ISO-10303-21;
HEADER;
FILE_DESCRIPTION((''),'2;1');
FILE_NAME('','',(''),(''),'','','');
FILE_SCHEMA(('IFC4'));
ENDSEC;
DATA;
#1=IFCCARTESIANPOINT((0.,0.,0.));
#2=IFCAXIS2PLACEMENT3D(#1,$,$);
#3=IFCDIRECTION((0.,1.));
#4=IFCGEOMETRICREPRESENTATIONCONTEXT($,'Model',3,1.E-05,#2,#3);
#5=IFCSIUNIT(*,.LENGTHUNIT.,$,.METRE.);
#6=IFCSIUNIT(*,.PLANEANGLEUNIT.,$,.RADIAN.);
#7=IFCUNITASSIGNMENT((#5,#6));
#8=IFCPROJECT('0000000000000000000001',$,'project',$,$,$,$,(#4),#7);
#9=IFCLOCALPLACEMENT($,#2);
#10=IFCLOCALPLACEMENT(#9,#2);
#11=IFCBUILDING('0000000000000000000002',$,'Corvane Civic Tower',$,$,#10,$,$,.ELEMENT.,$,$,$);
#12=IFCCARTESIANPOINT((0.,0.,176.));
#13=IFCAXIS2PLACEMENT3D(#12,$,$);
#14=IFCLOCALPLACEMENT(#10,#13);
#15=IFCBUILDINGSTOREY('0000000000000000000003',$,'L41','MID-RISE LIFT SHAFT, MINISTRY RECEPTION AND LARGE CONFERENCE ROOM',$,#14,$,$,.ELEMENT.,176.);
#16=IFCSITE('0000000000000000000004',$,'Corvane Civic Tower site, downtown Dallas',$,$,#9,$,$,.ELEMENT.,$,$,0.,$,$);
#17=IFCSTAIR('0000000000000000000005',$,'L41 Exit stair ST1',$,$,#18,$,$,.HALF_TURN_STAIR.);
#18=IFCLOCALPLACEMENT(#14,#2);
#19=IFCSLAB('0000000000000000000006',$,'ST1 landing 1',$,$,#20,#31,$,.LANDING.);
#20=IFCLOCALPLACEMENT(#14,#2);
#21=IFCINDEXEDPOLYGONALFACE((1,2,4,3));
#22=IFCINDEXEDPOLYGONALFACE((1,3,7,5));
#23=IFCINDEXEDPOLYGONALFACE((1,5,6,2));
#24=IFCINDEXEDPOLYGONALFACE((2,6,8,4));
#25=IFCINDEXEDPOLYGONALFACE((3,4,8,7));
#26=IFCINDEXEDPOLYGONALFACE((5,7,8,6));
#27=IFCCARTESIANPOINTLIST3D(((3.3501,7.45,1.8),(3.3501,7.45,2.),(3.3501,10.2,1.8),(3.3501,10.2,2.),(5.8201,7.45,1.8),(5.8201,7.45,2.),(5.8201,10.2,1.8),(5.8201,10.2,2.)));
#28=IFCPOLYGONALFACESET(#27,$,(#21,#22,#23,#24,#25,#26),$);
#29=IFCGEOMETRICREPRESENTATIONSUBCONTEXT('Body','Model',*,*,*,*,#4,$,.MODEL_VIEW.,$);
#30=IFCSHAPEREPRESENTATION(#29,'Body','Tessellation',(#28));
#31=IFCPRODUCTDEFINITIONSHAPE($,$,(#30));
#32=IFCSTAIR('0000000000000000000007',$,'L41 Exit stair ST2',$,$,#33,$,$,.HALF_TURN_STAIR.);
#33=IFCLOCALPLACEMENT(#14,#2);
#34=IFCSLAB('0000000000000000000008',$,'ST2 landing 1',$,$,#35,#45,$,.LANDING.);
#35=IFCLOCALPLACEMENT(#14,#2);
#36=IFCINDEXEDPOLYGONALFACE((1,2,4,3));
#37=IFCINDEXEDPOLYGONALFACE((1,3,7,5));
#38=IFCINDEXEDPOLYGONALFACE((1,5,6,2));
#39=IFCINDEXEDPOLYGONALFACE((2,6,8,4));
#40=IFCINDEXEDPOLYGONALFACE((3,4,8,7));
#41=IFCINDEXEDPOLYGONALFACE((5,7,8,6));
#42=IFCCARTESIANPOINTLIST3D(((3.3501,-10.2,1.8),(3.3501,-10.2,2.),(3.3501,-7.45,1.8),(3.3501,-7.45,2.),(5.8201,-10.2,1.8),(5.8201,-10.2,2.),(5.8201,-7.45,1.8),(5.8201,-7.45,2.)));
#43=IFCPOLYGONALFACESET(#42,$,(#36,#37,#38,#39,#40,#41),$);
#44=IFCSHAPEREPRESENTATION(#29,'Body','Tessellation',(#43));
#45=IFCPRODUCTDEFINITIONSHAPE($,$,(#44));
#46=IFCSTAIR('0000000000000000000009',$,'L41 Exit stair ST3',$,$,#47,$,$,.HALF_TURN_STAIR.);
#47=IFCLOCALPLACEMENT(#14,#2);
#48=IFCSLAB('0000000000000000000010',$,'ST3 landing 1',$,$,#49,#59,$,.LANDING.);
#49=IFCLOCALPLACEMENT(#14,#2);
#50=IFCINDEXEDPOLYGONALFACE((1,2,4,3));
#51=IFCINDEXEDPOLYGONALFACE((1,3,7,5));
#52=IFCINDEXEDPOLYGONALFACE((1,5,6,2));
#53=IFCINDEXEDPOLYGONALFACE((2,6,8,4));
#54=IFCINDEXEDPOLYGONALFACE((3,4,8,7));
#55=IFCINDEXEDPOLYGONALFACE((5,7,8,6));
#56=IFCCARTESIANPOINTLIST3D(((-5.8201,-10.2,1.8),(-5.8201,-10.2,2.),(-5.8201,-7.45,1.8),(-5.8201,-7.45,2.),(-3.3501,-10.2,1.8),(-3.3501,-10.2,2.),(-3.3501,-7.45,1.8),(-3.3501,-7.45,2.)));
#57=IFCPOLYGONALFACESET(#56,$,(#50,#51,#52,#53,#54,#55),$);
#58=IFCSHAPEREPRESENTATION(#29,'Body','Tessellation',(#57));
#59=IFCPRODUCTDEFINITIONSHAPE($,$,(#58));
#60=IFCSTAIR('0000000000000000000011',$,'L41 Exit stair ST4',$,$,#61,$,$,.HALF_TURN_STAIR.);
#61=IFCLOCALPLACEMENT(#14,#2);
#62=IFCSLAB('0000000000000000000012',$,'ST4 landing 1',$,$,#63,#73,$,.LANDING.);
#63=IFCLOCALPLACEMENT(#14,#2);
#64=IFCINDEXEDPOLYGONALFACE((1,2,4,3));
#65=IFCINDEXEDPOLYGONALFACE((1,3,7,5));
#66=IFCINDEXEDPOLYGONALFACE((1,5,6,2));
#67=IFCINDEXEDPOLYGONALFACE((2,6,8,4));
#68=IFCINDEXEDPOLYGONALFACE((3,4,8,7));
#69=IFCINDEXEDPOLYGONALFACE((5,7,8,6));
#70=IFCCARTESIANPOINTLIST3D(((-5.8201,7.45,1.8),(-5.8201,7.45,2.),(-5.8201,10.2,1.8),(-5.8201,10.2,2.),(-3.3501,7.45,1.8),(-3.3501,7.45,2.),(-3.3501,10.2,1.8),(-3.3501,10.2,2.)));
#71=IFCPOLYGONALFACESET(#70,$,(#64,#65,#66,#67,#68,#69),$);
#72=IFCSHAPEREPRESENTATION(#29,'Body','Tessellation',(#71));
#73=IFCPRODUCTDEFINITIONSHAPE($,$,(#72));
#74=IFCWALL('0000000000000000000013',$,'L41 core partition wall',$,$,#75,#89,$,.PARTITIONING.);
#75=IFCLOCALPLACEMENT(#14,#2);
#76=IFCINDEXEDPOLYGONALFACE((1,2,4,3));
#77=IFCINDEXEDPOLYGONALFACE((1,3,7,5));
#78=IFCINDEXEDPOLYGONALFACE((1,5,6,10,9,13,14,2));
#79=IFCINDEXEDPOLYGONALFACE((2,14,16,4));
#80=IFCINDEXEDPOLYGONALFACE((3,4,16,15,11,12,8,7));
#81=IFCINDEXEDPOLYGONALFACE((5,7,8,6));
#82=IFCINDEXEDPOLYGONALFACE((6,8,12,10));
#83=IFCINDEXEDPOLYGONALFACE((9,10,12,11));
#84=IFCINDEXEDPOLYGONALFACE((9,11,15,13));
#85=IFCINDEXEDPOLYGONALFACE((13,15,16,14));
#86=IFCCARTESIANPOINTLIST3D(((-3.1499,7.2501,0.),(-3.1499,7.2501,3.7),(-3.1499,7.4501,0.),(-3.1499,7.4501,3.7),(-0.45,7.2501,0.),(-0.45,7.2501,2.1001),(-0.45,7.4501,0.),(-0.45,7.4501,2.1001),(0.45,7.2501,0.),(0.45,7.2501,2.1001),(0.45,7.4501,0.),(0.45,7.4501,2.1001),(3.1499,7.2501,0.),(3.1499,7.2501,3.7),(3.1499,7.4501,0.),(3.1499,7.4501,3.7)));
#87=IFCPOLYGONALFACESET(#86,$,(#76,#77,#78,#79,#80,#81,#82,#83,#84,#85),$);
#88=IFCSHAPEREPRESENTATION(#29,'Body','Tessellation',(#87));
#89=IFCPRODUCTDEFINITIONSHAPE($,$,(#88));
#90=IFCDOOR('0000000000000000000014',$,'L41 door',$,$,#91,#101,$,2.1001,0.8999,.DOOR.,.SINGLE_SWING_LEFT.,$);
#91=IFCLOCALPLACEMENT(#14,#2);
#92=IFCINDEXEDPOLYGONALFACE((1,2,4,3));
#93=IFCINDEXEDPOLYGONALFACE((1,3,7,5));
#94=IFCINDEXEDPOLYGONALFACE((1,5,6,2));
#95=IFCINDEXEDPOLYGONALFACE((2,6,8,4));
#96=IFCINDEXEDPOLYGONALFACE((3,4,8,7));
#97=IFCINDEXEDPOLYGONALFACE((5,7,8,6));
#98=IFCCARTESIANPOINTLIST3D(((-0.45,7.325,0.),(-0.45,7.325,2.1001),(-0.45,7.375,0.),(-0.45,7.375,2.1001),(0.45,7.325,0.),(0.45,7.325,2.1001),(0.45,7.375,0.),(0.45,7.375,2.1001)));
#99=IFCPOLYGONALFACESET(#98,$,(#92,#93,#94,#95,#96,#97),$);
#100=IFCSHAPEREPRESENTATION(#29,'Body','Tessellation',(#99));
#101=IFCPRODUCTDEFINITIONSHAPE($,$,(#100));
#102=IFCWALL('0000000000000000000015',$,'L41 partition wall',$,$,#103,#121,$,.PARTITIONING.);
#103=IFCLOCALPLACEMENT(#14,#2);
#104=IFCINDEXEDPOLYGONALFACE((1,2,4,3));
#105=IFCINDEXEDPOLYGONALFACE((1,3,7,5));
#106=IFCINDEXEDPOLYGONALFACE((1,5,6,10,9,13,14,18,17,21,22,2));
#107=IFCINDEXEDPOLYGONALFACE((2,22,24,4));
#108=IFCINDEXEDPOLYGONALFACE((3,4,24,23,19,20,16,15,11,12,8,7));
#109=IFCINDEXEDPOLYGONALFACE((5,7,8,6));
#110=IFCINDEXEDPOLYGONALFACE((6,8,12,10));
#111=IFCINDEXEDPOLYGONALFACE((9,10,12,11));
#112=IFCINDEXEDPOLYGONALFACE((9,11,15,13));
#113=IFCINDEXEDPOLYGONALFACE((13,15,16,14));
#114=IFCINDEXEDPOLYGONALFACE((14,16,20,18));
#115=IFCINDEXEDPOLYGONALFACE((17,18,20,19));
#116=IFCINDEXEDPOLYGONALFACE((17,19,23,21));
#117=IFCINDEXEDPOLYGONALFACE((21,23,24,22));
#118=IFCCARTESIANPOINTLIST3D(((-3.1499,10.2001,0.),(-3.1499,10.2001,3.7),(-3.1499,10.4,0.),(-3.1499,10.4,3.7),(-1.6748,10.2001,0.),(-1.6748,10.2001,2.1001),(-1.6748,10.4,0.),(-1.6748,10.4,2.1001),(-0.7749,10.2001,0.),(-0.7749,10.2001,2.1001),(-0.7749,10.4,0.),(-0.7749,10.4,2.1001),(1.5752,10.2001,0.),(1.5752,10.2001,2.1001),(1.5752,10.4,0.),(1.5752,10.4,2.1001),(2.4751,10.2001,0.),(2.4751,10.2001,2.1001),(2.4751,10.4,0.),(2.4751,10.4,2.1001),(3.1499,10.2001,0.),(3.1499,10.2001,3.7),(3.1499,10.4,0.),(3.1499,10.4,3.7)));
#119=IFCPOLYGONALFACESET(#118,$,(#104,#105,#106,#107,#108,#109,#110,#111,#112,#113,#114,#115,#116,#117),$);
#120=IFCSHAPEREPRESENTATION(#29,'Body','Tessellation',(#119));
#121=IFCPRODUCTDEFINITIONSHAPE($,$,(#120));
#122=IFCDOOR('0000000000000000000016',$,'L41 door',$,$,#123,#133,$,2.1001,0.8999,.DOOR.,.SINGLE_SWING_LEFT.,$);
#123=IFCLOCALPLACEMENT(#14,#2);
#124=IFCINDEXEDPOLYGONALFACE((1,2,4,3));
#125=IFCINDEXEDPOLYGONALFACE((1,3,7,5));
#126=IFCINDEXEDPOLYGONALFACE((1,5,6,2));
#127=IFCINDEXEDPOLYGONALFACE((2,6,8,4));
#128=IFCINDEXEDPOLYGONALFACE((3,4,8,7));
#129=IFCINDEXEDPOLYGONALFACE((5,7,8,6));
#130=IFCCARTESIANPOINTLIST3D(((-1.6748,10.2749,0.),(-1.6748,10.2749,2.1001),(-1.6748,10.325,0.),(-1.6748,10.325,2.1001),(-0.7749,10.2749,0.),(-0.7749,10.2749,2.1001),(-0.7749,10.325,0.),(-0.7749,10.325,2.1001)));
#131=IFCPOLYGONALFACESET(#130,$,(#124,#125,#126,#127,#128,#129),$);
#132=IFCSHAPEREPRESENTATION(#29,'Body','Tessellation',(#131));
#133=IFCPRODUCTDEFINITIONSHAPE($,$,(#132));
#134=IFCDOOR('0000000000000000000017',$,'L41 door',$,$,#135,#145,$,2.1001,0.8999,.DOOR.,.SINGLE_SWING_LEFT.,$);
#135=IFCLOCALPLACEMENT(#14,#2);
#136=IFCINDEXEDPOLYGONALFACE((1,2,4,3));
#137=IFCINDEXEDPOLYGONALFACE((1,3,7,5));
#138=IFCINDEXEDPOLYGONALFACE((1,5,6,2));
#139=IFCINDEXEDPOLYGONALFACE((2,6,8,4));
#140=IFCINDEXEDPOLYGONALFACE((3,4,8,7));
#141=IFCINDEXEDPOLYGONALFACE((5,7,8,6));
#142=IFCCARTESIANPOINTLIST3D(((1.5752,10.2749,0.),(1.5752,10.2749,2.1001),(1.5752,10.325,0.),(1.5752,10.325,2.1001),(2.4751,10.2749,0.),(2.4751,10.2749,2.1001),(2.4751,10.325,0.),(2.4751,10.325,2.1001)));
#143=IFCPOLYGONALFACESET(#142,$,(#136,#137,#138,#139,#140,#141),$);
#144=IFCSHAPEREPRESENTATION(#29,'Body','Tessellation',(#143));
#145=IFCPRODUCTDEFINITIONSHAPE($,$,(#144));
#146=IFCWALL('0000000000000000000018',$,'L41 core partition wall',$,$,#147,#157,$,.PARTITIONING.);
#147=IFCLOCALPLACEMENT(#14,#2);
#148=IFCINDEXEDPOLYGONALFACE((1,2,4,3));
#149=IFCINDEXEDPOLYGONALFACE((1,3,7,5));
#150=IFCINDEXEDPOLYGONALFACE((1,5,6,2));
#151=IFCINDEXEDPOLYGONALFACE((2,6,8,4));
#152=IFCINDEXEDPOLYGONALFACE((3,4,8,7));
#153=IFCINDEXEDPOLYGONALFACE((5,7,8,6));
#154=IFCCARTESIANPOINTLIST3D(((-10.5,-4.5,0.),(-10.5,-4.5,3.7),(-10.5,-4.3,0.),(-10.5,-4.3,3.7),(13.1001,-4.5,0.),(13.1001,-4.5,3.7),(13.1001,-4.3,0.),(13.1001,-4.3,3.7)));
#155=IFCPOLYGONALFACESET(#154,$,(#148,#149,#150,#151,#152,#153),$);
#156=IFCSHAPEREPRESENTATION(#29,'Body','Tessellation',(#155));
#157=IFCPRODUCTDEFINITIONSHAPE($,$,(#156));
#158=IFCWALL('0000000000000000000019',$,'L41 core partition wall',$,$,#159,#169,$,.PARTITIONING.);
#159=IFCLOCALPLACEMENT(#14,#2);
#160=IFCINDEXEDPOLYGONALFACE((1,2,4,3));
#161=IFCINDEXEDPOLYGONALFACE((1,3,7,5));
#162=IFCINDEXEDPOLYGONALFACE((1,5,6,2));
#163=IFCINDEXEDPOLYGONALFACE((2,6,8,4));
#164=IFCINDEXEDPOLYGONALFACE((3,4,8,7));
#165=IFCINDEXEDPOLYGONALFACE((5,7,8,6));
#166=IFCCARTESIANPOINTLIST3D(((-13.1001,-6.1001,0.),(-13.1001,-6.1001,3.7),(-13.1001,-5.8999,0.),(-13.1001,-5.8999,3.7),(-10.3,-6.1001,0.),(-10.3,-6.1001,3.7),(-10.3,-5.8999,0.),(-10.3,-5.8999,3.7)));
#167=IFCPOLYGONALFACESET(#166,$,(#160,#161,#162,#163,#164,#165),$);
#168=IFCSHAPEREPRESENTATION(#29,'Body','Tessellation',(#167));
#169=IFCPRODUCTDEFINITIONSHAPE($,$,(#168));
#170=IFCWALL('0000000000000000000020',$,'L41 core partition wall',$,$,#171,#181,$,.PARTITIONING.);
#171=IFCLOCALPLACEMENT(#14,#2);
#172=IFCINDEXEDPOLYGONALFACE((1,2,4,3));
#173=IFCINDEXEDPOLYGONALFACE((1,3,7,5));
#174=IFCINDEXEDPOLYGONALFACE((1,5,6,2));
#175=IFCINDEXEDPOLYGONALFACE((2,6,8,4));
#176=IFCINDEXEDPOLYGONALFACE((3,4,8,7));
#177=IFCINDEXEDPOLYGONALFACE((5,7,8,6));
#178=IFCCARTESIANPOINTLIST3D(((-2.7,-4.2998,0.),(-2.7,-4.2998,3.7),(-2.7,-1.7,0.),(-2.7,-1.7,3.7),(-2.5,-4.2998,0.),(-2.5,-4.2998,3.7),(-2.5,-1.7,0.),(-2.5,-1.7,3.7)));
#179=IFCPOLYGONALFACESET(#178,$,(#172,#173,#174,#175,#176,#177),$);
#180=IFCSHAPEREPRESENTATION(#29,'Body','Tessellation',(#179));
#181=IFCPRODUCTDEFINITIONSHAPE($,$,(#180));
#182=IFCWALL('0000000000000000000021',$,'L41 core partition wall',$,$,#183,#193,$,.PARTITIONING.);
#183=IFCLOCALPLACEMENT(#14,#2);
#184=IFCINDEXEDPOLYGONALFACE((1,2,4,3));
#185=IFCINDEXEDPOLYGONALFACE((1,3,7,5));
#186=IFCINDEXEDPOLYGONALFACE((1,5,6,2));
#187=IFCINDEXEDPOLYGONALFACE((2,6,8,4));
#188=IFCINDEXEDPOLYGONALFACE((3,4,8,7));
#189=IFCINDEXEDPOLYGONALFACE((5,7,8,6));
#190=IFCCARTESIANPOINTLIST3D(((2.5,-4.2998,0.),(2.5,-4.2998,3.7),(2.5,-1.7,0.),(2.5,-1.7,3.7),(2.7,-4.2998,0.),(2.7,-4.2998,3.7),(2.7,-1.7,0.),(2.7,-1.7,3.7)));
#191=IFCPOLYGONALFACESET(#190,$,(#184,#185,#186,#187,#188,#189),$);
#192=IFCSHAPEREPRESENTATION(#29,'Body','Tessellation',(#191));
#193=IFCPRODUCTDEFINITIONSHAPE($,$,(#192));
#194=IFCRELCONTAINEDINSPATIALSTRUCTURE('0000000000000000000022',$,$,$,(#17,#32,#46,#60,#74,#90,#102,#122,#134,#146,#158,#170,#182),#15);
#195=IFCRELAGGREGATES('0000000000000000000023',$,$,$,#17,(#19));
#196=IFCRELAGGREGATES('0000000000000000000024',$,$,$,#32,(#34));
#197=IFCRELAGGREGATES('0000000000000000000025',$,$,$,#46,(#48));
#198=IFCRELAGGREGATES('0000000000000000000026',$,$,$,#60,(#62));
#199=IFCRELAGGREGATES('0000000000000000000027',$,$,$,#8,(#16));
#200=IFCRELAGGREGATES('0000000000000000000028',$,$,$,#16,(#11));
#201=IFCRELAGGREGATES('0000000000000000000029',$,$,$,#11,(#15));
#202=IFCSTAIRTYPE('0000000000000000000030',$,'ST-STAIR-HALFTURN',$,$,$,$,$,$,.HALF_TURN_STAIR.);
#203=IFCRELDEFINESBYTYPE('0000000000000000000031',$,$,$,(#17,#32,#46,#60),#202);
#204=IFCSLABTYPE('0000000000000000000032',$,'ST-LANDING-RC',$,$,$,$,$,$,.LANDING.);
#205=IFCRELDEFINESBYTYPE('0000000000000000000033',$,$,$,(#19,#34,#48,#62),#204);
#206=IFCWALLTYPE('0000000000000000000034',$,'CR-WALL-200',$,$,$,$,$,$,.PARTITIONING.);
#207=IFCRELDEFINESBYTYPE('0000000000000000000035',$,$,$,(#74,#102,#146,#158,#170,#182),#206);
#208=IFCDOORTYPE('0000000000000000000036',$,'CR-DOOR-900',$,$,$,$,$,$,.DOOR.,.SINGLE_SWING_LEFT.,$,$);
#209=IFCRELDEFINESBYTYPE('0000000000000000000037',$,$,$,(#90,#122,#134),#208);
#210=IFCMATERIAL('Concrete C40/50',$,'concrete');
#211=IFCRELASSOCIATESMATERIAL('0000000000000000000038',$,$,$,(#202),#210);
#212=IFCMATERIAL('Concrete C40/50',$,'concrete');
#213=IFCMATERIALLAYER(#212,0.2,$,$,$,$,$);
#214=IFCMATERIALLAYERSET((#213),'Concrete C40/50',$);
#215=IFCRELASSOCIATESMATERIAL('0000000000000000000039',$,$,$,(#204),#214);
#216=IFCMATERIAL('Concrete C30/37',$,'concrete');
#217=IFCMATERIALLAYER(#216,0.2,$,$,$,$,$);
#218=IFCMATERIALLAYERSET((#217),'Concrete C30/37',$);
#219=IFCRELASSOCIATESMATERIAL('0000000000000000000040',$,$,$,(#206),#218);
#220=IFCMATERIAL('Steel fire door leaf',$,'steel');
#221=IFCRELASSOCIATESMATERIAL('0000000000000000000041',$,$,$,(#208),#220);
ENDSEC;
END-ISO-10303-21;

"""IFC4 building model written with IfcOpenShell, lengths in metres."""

from ifc_helpers import new_model, si_unit, direction, frame, frame_2d, origin, place, context, subcontext, project, spatial, polyline, rectangle, outline, extrude, material, layer, layer_set, type_object, element, fill, aggregate, save


model = new_model("IFC4")

# Units and contexts
model_context = context("Model", 3, precision=1e-05, world=origin(), true_north=direction((0.0, 1.0)))
body_context = subcontext(model_context, "Body", "Model", "MODEL_VIEW")
ifc_project = project(units=[si_unit("LENGTHUNIT", "METRE"), si_unit("PLANEANGLEUNIT", "RADIAN")], contexts=[model_context])

# Site, building, storey
site_placement = place(None, origin())
site = spatial("IfcSite", under=ifc_project, at=site_placement, Name="Corvane Civic Tower site, downtown Dallas", CompositionType="ELEMENT", RefElevation=0.0)
building_placement = place(site_placement, origin())
building = spatial("IfcBuilding", under=site, at=building_placement, Name="Corvane Civic Tower", CompositionType="ELEMENT")
storey_placement = place(building_placement, frame((0.0, 0.0, 176.0)))
storey = spatial("IfcBuildingStorey", under=building, at=storey_placement, Name="L41", Description="MID-RISE LIFT SHAFT, MINISTRY RECEPTION AND LARGE CONFERENCE ROOM", CompositionType="ELEMENT", Elevation=176.0)

# Stairs, slabs
ifc_material_1 = material(Name="Concrete C40/50", Category="concrete")
stair_type = type_object("IfcStairType", Name="ST-STAIR-HALFTURN", PredefinedType="HALF_TURN_STAIR", material=ifc_material_1)
stair_1_placement = place(storey_placement, origin())
stair_1 = element("IfcStair", 1, at=stair_1_placement, inside=storey, type_object=stair_type, Name="L41 Exit stair ST1", PredefinedType="HALF_TURN_STAIR")
ifc_material_2 = material(Name="Concrete C40/50", Category="concrete")
ifc_layer_1 = layer(ifc_material_2, 0.2)
ifc_layer_set_1 = layer_set([ifc_layer_1], Name="Concrete C40/50")
slab_type = type_object("IfcSlabType", Name="ST-LANDING-RC", PredefinedType="LANDING", material=ifc_layer_set_1)
slab_1_placement = place(storey_placement, frame((0.0, 0.0, 1.8)))
slab_1 = element("IfcSlab", 2, at=slab_1_placement, type_object=slab_type, Name="ST1 landing 1", PredefinedType="LANDING", context=body_context, shape_type="SweptSolid", body=[
    extrude(outline(polyline([(5.8201, 10.2), (3.3501, 10.2), (3.3501, 7.45), (5.8201, 7.45), (5.8201, 10.2)])), origin(), (0.0, 0.0, 1.0), 0.2),
])
aggregate(stair_1, [slab_1])
stair_2_placement = place(storey_placement, origin())
stair_2 = element("IfcStair", 3, at=stair_2_placement, inside=storey, type_object=stair_type, Name="L41 Exit stair ST2", PredefinedType="HALF_TURN_STAIR")
slab_2_placement = place(storey_placement, frame((0.0, 0.0, 1.8)))
slab_2 = element("IfcSlab", 4, at=slab_2_placement, type_object=slab_type, Name="ST2 landing 1", PredefinedType="LANDING", context=body_context, shape_type="SweptSolid", body=[
    extrude(outline(polyline([(5.8201, -7.45), (3.3501, -7.45), (3.3501, -10.2), (5.8201, -10.2), (5.8201, -7.45)])), origin(), (0.0, 0.0, 1.0), 0.2),
])
aggregate(stair_2, [slab_2])
stair_3_placement = place(storey_placement, origin())
stair_3 = element("IfcStair", 5, at=stair_3_placement, inside=storey, type_object=stair_type, Name="L41 Exit stair ST3", PredefinedType="HALF_TURN_STAIR")
slab_3_placement = place(storey_placement, frame((0.0, 0.0, 1.8)))
slab_3 = element("IfcSlab", 6, at=slab_3_placement, type_object=slab_type, Name="ST3 landing 1", PredefinedType="LANDING", context=body_context, shape_type="SweptSolid", body=[
    extrude(outline(polyline([(-5.8201, -10.2), (-3.3501, -10.2), (-3.3501, -7.45), (-5.8201, -7.45), (-5.8201, -10.2)])), origin(), (0.0, 0.0, 1.0), 0.2),
])
aggregate(stair_3, [slab_3])
stair_4_placement = place(storey_placement, origin())
stair_4 = element("IfcStair", 7, at=stair_4_placement, inside=storey, type_object=stair_type, Name="L41 Exit stair ST4", PredefinedType="HALF_TURN_STAIR")
slab_4_placement = place(storey_placement, frame((0.0, 0.0, 1.8)))
slab_4 = element("IfcSlab", 8, at=slab_4_placement, type_object=slab_type, Name="ST4 landing 1", PredefinedType="LANDING", context=body_context, shape_type="SweptSolid", body=[
    extrude(outline(polyline([(-5.8201, 7.45), (-3.3501, 7.45), (-3.3501, 10.2), (-5.8201, 10.2), (-5.8201, 7.45)])), origin(), (0.0, 0.0, 1.0), 0.2),
])

# Wall, opening, door
ifc_material_3 = material(Name="Concrete C30/37", Category="concrete")
ifc_layer_2 = layer(ifc_material_3, 0.2)
ifc_layer_set_2 = layer_set([ifc_layer_2], Name="Concrete C30/37")
wall_type = type_object("IfcWallType", Name="CR-WALL-200", PredefinedType="PARTITIONING", material=ifc_layer_set_2)
wall_1_placement = place(storey_placement, frame((-3.1499, 7.3501, 0.0), z_axis=(0.0, 0.0, 1.0), x_axis=(1.0, 0.0, 0.0)))
wall_1 = element("IfcWall", 9, at=wall_1_placement, inside=storey, type_object=wall_type, Name="L41 core partition wall", PredefinedType="PARTITIONING", context=body_context, shape_type="SweptSolid", body=[
    extrude(rectangle(XDim=6.2998, YDim=0.2, at=frame_2d((3.1499, 0.0))), origin(), (0.0, 0.0, 1.0), 3.7),
])
opening_1_placement = place(wall_1_placement, frame((2.7, 0.0, 0.0)))
opening_1 = element("IfcOpeningElement", 10, at=opening_1_placement, cuts=wall_1, PredefinedType="OPENING", context=body_context, shape_type="SweptSolid", body=[
    extrude(rectangle(XDim=0.8999, YDim=2.1001, at=frame_2d((0.45, 1.05))), frame((0.0, 0.1099, 0.0), z_axis=(0.0, -1.0, 0.0), x_axis=(1.0, 0.0, 0.0)), (0.0, 0.0, 1.0), 0.22),
])
ifc_material_4 = material(Name="Steel fire door leaf", Category="steel")
door_type = type_object("IfcDoorType", Name="CR-DOOR-900", OperationType="SINGLE_SWING_LEFT", PredefinedType="DOOR", material=ifc_material_4)
door_1_placement = place(opening_1_placement, origin())
door_1 = element("IfcDoor", 11, at=door_1_placement, inside=storey, type_object=door_type, Name="L41 door", OperationType="SINGLE_SWING_LEFT", OverallHeight=2.1001, OverallWidth=0.8999, PredefinedType="DOOR", context=body_context, shape_type="SweptSolid", body=[
    extrude(rectangle(XDim=0.8999, YDim=2.1001, at=frame_2d((0.45, 1.05))), frame((0.0, 0.0249, 0.0), z_axis=(0.0, -1.0, 0.0), x_axis=(1.0, 0.0, 0.0)), (0.0, 0.0, 1.0), 0.05),
])
fill(opening_1, door_1)

# Wall, openings, doors
wall_2_placement = place(storey_placement, frame((-3.1499, 10.3, 0.0), z_axis=(0.0, 0.0, 1.0), x_axis=(1.0, 0.0, 0.0)))
wall_2 = element("IfcWall", 12, at=wall_2_placement, inside=storey, type_object=wall_type, Name="L41 partition wall", PredefinedType="PARTITIONING", context=body_context, shape_type="SweptSolid", body=[
    extrude(rectangle(XDim=6.2998, YDim=0.2, at=frame_2d((3.1499, 0.0))), origin(), (0.0, 0.0, 1.0), 3.7),
])
opening_2_placement = place(wall_2_placement, frame((1.4751, 0.0, 0.0)))
opening_2 = element("IfcOpeningElement", 13, at=opening_2_placement, cuts=wall_2, PredefinedType="OPENING", context=body_context, shape_type="SweptSolid", body=[
    extrude(rectangle(XDim=0.8999, YDim=2.1001, at=frame_2d((0.45, 1.05))), frame((0.0, 0.1099, 0.0), z_axis=(0.0, -1.0, 0.0), x_axis=(1.0, 0.0, 0.0)), (0.0, 0.0, 1.0), 0.22),
])
opening_3_placement = place(wall_2_placement, frame((4.7251, 0.0, 0.0)))
opening_3 = element("IfcOpeningElement", 14, at=opening_3_placement, cuts=wall_2, PredefinedType="OPENING", context=body_context, shape_type="SweptSolid", body=[
    extrude(rectangle(XDim=0.8999, YDim=2.1001, at=frame_2d((0.45, 1.05))), frame((0.0, 0.1099, 0.0), z_axis=(0.0, -1.0, 0.0), x_axis=(1.0, 0.0, 0.0)), (0.0, 0.0, 1.0), 0.22),
])
door_2_placement = place(opening_2_placement, origin())
door_2 = element("IfcDoor", 15, at=door_2_placement, inside=storey, type_object=door_type, Name="L41 door", OperationType="SINGLE_SWING_LEFT", OverallHeight=2.1001, OverallWidth=0.8999, PredefinedType="DOOR", context=body_context, shape_type="SweptSolid", body=[
    extrude(rectangle(XDim=0.8999, YDim=2.1001, at=frame_2d((0.45, 1.05))), frame((0.0, 0.0249, 0.0), z_axis=(0.0, -1.0, 0.0), x_axis=(1.0, 0.0, 0.0)), (0.0, 0.0, 1.0), 0.05),
])
fill(opening_2, door_2)
door_3_placement = place(opening_3_placement, origin())
door_3 = element("IfcDoor", 16, at=door_3_placement, inside=storey, type_object=door_type, Name="L41 door", OperationType="SINGLE_SWING_LEFT", OverallHeight=2.1001, OverallWidth=0.8999, PredefinedType="DOOR", context=body_context, shape_type="SweptSolid", body=[
    extrude(rectangle(XDim=0.8999, YDim=2.1001, at=frame_2d((0.45, 1.05))), frame((0.0, 0.0249, 0.0), z_axis=(0.0, -1.0, 0.0), x_axis=(1.0, 0.0, 0.0)), (0.0, 0.0, 1.0), 0.05),
])
fill(opening_3, door_3)

# Walls
wall_3_placement = place(storey_placement, origin())
element("IfcWall", 17, at=wall_3_placement, inside=storey, type_object=wall_type, Name="L41 core partition wall", PredefinedType="PARTITIONING", context=body_context, shape_type="SweptSolid", body=[
    extrude(outline(polyline([(13.1001, -4.3), (13.1001, -4.5), (-10.5, -4.5), (-10.5, -4.3), (13.1001, -4.3)])), origin(), (0.0, 0.0, 1.0), 3.7),
])
wall_4_placement = place(storey_placement, origin())
element("IfcWall", 18, at=wall_4_placement, inside=storey, type_object=wall_type, Name="L41 core partition wall", PredefinedType="PARTITIONING", context=body_context, shape_type="SweptSolid", body=[
    extrude(outline(polyline([(-10.3, -6.1001), (-13.1001, -6.1001), (-13.1001, -5.8999), (-10.3, -5.8999), (-10.3, -6.1001)])), origin(), (0.0, 0.0, 1.0), 3.7),
])
wall_5_placement = place(storey_placement, origin())
element("IfcWall", 19, at=wall_5_placement, inside=storey, type_object=wall_type, Name="L41 core partition wall", PredefinedType="PARTITIONING", context=body_context, shape_type="SweptSolid", body=[
    extrude(outline(polyline([(-2.5, -1.7), (-2.5, -4.2998), (-2.7, -4.2998), (-2.7, -1.7), (-2.5, -1.7)])), origin(), (0.0, 0.0, 1.0), 3.7),
])
wall_6_placement = place(storey_placement, origin())
element("IfcWall", 20, at=wall_6_placement, inside=storey, type_object=wall_type, Name="L41 core partition wall", PredefinedType="PARTITIONING", context=body_context, shape_type="SweptSolid", body=[
    extrude(outline(polyline([(2.7, -1.7), (2.7, -4.2998), (2.5, -4.2998), (2.5, -1.7), (2.7, -1.7)])), origin(), (0.0, 0.0, 1.0), 3.7),
])

aggregate(stair_4, [slab_4])

save(model, "model.ifc")
